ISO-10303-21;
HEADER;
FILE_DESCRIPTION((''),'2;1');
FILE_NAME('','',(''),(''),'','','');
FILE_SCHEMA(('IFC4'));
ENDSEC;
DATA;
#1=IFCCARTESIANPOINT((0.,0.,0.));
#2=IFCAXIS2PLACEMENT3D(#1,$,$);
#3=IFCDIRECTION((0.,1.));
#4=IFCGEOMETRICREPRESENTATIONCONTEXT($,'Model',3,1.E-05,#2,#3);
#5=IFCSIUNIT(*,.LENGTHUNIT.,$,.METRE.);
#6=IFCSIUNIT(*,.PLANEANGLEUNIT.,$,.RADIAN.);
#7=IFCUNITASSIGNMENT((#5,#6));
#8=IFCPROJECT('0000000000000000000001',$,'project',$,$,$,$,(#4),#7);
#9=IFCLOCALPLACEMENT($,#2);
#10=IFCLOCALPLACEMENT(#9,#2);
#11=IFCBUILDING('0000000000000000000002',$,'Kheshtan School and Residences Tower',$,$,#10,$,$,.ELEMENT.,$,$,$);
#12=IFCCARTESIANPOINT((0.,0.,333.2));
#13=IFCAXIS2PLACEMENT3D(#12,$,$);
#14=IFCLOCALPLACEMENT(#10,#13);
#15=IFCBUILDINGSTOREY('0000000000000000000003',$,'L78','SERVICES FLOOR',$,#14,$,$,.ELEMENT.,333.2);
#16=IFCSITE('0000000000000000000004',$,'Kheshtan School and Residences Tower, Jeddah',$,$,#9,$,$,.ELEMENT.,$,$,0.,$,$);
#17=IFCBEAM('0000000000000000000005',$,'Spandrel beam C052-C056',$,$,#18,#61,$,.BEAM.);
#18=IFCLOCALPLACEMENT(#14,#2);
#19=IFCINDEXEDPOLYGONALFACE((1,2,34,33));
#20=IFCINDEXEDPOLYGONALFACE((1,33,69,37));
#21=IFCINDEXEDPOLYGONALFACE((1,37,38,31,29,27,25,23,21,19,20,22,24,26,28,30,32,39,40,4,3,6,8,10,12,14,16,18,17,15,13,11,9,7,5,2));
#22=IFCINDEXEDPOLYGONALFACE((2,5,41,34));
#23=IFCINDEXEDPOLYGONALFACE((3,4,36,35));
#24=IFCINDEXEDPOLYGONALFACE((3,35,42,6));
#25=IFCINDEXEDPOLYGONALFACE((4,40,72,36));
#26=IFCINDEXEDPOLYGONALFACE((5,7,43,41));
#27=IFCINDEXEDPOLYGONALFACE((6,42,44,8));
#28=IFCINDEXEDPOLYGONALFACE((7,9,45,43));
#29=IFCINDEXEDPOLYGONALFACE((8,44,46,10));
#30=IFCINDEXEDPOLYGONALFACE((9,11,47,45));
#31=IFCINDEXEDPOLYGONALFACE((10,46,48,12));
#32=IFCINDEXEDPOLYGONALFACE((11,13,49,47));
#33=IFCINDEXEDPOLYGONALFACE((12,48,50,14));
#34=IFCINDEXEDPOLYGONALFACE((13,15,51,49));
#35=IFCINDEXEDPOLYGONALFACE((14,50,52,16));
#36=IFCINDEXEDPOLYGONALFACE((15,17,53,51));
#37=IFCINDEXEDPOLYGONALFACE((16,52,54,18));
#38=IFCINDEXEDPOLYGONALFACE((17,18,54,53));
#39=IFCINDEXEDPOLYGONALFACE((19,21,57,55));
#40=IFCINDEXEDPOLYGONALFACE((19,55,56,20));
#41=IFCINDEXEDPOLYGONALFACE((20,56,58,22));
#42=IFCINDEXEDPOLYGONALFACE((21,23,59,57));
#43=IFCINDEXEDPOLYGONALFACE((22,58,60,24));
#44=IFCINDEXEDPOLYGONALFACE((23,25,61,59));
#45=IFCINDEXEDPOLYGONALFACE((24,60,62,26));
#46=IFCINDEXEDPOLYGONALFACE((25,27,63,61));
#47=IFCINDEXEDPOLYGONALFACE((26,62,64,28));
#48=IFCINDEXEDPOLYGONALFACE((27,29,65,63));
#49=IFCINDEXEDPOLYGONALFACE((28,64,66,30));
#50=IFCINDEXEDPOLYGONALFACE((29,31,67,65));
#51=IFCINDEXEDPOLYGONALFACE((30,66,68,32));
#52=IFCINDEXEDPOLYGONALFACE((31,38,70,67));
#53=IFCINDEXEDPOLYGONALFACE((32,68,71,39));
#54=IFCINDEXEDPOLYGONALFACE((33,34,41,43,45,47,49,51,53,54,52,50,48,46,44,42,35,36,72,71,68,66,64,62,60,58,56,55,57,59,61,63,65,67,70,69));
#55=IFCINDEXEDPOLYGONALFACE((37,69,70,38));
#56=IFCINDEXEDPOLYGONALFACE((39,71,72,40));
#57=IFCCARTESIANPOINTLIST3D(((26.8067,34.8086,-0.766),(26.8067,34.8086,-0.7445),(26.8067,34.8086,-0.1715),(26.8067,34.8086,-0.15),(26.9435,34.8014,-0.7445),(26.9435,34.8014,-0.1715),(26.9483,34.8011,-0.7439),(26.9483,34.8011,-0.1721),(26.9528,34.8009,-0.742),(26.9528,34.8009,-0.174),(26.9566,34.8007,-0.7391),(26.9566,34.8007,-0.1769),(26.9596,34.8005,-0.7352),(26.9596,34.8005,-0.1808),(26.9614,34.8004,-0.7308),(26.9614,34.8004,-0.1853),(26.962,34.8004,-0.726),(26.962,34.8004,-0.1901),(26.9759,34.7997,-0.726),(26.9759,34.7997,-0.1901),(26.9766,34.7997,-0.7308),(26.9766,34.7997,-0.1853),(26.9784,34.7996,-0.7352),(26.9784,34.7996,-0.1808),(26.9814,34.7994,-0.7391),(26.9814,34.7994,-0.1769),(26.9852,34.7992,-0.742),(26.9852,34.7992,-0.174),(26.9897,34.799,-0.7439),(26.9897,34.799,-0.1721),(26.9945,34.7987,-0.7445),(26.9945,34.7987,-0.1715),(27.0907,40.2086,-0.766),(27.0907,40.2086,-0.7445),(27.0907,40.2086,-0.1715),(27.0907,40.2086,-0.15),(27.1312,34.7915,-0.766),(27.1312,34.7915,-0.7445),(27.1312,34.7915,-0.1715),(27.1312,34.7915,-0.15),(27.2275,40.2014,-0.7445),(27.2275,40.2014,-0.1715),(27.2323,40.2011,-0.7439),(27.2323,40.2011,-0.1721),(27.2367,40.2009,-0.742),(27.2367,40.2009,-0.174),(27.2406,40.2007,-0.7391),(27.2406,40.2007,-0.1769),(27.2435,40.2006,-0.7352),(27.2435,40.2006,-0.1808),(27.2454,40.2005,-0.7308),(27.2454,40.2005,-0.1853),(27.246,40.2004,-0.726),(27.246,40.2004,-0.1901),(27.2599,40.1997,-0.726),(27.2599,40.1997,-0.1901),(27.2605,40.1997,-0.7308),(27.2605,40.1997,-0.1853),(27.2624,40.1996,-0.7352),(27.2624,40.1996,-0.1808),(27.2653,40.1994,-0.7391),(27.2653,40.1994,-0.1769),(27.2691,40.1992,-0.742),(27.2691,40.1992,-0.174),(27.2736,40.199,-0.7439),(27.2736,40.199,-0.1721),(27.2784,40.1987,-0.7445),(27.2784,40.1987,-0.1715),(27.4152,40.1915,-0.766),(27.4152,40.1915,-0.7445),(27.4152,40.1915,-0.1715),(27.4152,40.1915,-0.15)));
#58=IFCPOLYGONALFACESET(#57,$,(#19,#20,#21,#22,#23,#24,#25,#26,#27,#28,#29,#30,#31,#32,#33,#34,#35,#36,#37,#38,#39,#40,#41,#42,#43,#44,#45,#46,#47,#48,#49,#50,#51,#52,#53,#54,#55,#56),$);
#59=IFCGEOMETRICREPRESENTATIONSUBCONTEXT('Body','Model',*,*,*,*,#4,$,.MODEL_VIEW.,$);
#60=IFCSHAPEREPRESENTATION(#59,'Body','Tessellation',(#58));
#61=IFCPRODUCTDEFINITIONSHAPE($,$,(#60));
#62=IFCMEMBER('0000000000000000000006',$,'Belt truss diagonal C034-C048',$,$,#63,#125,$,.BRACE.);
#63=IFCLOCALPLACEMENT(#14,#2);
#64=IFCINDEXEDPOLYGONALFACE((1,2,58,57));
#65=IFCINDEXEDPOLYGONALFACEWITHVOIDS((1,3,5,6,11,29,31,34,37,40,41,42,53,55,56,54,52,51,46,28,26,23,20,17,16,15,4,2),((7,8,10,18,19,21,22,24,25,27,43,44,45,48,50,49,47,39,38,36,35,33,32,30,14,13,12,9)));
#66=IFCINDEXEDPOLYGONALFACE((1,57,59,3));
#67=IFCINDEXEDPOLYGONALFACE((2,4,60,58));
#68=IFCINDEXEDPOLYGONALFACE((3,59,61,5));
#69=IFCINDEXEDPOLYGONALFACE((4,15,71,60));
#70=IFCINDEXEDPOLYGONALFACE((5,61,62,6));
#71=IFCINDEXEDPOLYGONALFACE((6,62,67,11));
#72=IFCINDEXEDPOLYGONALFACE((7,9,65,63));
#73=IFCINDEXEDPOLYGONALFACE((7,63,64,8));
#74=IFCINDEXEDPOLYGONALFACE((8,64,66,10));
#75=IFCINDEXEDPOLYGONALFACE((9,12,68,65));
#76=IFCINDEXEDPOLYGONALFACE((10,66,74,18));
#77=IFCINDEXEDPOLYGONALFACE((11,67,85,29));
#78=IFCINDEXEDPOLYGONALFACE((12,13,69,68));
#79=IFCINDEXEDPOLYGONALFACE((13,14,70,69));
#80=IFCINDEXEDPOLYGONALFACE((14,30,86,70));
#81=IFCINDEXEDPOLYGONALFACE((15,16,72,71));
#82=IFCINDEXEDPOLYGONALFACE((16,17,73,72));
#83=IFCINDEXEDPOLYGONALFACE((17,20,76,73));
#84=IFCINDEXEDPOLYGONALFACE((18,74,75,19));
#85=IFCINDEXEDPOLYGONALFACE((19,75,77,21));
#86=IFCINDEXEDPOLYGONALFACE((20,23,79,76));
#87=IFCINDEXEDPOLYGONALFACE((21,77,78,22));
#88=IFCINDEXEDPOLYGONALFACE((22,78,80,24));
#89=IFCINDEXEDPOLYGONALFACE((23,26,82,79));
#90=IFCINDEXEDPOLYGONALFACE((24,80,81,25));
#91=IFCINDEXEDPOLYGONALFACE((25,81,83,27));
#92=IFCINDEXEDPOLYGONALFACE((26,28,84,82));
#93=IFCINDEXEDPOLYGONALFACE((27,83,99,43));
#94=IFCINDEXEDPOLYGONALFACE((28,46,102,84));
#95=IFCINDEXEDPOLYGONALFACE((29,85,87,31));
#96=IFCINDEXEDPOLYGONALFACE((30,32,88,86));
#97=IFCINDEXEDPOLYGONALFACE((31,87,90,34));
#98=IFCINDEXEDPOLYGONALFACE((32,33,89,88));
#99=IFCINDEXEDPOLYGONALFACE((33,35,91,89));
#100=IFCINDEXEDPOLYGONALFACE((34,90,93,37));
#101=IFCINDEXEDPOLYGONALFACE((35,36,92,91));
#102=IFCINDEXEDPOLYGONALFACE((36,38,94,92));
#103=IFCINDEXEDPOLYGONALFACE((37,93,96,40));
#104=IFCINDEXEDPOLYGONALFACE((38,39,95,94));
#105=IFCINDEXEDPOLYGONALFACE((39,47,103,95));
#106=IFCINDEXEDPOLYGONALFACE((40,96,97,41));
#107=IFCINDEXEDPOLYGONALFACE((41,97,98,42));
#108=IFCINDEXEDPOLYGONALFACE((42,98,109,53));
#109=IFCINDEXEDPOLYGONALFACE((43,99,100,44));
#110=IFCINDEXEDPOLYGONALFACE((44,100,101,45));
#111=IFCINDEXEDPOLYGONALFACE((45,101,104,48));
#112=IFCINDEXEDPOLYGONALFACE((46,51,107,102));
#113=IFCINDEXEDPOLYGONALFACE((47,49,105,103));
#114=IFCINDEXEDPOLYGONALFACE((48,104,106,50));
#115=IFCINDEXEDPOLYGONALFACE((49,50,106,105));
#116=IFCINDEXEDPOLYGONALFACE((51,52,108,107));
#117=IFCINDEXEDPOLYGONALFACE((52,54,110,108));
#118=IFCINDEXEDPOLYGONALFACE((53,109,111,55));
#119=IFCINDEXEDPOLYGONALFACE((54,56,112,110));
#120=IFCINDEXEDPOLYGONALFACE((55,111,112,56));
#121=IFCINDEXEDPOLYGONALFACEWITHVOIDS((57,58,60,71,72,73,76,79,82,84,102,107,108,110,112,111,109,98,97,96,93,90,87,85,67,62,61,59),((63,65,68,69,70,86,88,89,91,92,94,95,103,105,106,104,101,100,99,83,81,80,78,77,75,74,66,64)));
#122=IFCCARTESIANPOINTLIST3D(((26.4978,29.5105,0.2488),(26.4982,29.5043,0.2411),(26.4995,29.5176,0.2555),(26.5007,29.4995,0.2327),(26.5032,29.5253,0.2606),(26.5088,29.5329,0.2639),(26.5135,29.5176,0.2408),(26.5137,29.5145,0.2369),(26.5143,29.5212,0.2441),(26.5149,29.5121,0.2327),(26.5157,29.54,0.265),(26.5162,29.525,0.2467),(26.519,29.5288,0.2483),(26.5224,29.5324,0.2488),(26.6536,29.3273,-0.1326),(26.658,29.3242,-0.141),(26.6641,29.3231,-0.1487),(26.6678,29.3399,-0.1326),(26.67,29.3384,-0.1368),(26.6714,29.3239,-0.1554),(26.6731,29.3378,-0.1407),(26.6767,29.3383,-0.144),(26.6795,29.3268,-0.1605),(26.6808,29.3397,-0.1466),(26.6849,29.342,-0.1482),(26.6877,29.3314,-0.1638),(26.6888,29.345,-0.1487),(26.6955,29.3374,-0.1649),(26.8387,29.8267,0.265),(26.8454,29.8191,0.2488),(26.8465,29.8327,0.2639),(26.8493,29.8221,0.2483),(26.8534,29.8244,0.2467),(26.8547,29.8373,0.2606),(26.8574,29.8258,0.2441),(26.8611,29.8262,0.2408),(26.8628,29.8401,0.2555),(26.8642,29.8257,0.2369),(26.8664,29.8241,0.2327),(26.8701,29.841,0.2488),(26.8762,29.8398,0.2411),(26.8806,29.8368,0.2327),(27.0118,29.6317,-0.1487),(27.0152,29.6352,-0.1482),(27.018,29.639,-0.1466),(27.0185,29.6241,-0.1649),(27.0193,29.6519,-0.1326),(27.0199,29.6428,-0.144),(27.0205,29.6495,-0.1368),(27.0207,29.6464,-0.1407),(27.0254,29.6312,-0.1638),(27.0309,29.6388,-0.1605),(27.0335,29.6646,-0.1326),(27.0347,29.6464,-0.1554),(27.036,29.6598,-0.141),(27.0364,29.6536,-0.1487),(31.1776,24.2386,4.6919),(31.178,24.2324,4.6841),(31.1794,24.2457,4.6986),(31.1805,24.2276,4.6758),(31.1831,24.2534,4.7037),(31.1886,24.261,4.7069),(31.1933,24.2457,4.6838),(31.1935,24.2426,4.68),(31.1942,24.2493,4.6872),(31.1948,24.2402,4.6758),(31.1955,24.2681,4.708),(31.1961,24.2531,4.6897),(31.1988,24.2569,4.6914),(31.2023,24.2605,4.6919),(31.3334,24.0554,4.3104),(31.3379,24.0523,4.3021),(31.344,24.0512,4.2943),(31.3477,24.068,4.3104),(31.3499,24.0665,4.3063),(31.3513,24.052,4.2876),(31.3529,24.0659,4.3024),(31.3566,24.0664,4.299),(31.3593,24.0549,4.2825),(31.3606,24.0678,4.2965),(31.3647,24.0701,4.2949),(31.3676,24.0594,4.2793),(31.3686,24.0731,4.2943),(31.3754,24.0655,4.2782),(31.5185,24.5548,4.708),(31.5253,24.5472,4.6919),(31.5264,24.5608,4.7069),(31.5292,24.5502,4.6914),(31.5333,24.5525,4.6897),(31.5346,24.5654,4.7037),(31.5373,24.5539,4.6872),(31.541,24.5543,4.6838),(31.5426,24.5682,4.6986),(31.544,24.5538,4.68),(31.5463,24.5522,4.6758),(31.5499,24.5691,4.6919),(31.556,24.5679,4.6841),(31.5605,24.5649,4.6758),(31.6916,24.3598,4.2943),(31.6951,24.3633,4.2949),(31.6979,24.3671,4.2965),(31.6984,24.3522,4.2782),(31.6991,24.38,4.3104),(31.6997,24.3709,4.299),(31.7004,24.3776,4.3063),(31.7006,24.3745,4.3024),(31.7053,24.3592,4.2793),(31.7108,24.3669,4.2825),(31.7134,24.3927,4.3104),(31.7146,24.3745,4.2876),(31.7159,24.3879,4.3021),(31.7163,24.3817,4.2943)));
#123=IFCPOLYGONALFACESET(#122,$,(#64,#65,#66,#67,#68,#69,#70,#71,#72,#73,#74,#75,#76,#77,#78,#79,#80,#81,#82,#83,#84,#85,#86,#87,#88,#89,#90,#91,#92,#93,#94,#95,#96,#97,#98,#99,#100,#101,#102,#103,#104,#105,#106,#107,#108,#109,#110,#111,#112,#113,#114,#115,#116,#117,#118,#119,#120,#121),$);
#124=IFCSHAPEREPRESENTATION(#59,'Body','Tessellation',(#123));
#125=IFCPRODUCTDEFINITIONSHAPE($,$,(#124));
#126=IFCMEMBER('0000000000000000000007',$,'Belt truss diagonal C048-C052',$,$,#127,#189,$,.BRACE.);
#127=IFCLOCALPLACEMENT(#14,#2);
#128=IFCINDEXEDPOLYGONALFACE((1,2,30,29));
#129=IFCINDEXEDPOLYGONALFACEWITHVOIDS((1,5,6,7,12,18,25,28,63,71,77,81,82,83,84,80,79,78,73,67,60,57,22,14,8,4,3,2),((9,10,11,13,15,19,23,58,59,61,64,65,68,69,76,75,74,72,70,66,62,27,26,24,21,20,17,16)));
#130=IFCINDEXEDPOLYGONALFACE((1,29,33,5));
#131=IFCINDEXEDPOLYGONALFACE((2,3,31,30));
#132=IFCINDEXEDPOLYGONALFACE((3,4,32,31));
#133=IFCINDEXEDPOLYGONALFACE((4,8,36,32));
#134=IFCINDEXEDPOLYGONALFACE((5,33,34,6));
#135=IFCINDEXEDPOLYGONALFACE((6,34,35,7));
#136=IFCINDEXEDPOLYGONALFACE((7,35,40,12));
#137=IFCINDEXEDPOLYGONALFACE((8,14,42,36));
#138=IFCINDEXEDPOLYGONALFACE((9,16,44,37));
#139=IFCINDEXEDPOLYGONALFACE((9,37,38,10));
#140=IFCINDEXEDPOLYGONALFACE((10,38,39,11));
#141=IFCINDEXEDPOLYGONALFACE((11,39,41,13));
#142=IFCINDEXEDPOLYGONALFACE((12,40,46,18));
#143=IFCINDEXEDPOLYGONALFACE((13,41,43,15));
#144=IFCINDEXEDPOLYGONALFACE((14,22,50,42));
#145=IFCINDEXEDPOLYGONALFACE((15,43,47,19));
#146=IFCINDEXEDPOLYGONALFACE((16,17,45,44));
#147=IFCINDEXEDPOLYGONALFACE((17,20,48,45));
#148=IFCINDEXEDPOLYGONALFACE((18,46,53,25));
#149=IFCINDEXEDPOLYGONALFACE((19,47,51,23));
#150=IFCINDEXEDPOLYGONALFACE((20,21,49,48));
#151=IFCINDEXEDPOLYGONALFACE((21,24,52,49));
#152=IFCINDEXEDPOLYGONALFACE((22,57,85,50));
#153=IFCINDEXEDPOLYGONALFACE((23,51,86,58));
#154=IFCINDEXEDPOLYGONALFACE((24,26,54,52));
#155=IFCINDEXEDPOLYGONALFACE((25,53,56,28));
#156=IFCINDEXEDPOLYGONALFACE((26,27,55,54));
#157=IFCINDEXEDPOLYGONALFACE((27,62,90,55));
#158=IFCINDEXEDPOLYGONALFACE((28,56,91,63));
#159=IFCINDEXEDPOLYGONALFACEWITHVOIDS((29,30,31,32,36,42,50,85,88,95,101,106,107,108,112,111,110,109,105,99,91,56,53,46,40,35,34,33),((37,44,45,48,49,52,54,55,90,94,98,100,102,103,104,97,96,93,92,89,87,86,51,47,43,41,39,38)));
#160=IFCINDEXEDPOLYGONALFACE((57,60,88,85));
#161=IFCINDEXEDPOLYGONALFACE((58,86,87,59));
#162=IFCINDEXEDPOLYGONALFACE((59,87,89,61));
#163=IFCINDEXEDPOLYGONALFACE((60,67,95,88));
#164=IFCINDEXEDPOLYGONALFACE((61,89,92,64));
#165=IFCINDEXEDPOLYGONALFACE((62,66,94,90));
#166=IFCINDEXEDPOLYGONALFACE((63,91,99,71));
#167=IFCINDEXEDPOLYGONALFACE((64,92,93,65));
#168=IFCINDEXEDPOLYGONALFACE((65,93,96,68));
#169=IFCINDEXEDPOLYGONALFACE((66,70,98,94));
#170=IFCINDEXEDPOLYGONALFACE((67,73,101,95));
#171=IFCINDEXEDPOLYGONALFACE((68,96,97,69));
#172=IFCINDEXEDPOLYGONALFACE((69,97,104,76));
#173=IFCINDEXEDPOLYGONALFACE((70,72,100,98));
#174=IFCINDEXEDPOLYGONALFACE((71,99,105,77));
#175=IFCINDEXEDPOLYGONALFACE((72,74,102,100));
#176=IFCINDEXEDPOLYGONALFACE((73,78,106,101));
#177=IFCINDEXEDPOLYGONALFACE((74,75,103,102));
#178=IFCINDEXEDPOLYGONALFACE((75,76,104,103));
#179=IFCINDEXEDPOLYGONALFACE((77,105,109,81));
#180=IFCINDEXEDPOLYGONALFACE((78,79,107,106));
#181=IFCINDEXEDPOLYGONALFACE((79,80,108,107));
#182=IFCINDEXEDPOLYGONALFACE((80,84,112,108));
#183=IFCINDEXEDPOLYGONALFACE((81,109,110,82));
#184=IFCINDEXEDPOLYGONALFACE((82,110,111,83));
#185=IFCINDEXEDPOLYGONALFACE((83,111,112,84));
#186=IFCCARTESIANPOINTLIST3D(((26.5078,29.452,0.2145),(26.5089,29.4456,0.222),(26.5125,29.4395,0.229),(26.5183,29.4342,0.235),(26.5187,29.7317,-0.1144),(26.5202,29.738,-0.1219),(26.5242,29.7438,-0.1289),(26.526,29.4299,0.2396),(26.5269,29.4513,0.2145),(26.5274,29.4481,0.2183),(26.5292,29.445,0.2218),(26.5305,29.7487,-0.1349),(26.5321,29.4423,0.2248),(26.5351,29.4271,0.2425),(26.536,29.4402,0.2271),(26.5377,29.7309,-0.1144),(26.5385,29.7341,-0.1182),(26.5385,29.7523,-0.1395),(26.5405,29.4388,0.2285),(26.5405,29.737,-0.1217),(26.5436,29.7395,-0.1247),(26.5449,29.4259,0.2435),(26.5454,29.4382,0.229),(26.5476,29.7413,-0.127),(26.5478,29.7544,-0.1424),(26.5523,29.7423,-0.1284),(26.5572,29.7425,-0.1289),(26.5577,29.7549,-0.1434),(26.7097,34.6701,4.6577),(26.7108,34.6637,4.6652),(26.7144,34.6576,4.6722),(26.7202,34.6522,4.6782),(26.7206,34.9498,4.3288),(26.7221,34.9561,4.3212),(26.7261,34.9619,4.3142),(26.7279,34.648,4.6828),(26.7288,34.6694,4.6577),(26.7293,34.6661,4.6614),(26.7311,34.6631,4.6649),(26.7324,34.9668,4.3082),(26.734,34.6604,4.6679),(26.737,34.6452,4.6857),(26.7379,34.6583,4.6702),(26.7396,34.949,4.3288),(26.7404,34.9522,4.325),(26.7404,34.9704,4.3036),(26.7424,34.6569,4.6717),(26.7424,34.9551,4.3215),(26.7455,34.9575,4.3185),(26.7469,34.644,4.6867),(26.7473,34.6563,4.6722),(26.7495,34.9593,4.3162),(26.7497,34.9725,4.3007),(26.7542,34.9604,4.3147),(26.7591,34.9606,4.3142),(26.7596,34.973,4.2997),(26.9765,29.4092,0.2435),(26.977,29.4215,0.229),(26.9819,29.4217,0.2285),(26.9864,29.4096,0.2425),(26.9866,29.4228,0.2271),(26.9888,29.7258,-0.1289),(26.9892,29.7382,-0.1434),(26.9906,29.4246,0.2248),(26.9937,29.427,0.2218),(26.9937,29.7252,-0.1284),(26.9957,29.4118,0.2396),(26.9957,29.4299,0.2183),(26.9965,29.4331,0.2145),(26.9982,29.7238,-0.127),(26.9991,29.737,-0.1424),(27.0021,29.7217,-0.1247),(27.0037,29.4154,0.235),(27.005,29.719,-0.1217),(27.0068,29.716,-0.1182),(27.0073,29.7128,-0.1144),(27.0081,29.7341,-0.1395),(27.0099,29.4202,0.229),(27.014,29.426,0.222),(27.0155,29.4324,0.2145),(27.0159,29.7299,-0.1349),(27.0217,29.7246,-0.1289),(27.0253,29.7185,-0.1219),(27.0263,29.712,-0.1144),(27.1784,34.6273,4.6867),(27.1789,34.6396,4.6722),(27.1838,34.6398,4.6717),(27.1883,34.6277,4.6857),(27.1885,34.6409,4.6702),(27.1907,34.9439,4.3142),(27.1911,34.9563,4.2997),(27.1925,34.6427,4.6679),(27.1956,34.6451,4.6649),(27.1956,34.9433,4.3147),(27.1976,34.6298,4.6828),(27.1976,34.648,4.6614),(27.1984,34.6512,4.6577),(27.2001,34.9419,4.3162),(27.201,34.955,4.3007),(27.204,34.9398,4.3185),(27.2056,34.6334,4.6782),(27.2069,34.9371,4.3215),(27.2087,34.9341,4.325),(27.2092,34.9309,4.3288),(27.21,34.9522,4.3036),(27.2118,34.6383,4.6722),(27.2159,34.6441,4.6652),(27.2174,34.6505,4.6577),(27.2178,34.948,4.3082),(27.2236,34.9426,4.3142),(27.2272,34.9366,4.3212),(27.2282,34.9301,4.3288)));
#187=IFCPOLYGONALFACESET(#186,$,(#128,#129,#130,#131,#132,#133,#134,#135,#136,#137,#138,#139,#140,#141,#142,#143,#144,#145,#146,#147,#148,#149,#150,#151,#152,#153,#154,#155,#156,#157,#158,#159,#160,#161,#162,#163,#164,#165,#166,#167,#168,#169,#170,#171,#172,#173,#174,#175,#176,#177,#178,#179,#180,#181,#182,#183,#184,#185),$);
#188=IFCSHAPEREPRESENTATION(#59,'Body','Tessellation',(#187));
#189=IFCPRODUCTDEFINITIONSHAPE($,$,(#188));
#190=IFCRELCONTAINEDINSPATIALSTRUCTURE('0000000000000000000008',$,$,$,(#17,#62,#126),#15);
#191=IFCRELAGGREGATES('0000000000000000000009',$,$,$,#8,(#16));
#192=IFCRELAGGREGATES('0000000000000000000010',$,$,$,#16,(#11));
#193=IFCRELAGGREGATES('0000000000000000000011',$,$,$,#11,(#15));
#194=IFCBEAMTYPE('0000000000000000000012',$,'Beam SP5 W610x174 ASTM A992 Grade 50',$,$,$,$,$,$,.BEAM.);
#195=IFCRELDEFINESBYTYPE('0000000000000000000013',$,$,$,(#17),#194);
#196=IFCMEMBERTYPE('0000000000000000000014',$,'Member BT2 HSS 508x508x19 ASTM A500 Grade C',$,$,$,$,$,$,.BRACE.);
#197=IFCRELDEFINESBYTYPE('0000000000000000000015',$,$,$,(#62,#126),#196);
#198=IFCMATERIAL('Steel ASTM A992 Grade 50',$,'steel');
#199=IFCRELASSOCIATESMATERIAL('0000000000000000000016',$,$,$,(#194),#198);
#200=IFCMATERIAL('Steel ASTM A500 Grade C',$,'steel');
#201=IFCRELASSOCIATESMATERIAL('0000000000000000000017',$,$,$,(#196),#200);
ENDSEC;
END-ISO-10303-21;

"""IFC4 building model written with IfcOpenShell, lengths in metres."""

from ifc_helpers import new_model, si_unit, direction, frame, origin, origin_2d, place, context, subcontext, project, spatial, hollow_rectangle, i_section, extrude, material, material_profile, profile_set, type_object, element, save


model = new_model("IFC4")

# Units and contexts
model_context = context("Model", 3, precision=1e-05, world=origin(), true_north=direction((0.0, 1.0)))
body_context = subcontext(model_context, "Body", "Model", "MODEL_VIEW")
ifc_project = project(units=[si_unit("LENGTHUNIT", "METRE"), si_unit("PLANEANGLEUNIT", "RADIAN")], contexts=[model_context])

# Site, building, storey
site_placement = place(None, origin())
site = spatial("IfcSite", under=ifc_project, at=site_placement, Name="Kheshtan School and Residences Tower, Jeddah", CompositionType="ELEMENT", RefElevation=0.0)
building_placement = place(site_placement, origin())
building = spatial("IfcBuilding", under=site, at=building_placement, Name="Kheshtan School and Residences Tower", CompositionType="ELEMENT")
storey_placement = place(building_placement, frame((0.0, 0.0, 333.2)))
storey = spatial("IfcBuildingStorey", under=building, at=storey_placement, Name="L78", Description="SERVICES FLOOR", CompositionType="ELEMENT", Elevation=333.2)

# Shared definitions
ifc_material_1 = material(Name="Steel ASTM A992 Grade 50", Category="steel")

# Beam
ifc_material_profile_1 = material_profile(ifc_material_1, i_section(OverallWidth=0.325, OverallDepth=0.616, WebThickness=0.0139, FlangeThickness=0.0215, FilletRadius=0.0186, at=origin_2d()), Name="W610x174")
ifc_profile_set_1 = profile_set([ifc_material_profile_1], Name="Steel ASTM A992 Grade 50")
beam_type_1 = type_object("IfcBeamType", Name="Beam SP5 W610x174 ASTM A992 Grade 50", PredefinedType="BEAM", material=ifc_profile_set_1)
beam_1_placement = place(storey_placement, frame((26.969, 34.8, -0.458), z_axis=(0.052509, 0.99862, 0.0), x_axis=(-0.99862, 0.052509, 0.0)))
element("IfcBeam", 1, at=beam_1_placement, inside=storey, type_object=beam_type_1, Name="Spandrel beam C052-C056", PredefinedType="BEAM", context=body_context, shape_type="SweptSolid", body=[
    extrude(i_section(OverallWidth=0.325, OverallDepth=0.616, WebThickness=0.0139, FlangeThickness=0.0215, FilletRadius=0.0186, at=origin_2d()), origin(), (0.0, 0.0, 1.0), 5.4075),
])

# Members
ifc_material_2 = material(Name="Steel ASTM A500 Grade C", Category="steel")
ifc_material_profile_2 = material_profile(ifc_material_2, hollow_rectangle(XDim=0.5081, YDim=0.5081, WallThickness=0.019, InnerFilletRadius=0.019, OuterFilletRadius=0.0381, at=origin_2d()), Name="HSS 508x508x19")
ifc_profile_set_2 = profile_set([ifc_material_profile_2], Name="Steel ASTM A500 Grade C")
member_type = type_object("IfcMemberType", Name="Member BT2 HSS 508x508x19 ASTM A500 Grade C", PredefinedType="BRACE", material=ifc_profile_set_2)
member_1_placement = place(storey_placement, frame((26.7671, 29.582, 0.05), z_axis=(0.561623, -0.632672, 0.533203), x_axis=(0.747851, 0.663867, 0.0)))
element("IfcMember", 2, at=member_1_placement, inside=storey, type_object=member_type, Name="Belt truss diagonal C034-C048", PredefinedType="BRACE", context=body_context, shape_type="SweptSolid", body=[
    extrude(hollow_rectangle(XDim=0.5081, YDim=0.5081, WallThickness=0.019, InnerFilletRadius=0.019, OuterFilletRadius=0.0381, at=origin_2d()), origin(), (0.0, 0.0, 1.0), 8.3328),
])
member_2_placement = place(storey_placement, frame((26.7671, 29.582, 0.05), z_axis=(0.029448, 0.761047, 0.648028), x_axis=(-0.999252, 0.038665, 0.0)))
element("IfcMember", 3, at=member_2_placement, inside=storey, type_object=member_type, Name="Belt truss diagonal C048-C052", PredefinedType="BRACE", context=body_context, shape_type="SweptSolid", body=[
    extrude(hollow_rectangle(XDim=0.5081, YDim=0.5081, WallThickness=0.019, InnerFilletRadius=0.019, OuterFilletRadius=0.0381, at=origin_2d()), origin(), (0.0, 0.0, 1.0), 6.8564),
])

save(model, "model.ifc")
